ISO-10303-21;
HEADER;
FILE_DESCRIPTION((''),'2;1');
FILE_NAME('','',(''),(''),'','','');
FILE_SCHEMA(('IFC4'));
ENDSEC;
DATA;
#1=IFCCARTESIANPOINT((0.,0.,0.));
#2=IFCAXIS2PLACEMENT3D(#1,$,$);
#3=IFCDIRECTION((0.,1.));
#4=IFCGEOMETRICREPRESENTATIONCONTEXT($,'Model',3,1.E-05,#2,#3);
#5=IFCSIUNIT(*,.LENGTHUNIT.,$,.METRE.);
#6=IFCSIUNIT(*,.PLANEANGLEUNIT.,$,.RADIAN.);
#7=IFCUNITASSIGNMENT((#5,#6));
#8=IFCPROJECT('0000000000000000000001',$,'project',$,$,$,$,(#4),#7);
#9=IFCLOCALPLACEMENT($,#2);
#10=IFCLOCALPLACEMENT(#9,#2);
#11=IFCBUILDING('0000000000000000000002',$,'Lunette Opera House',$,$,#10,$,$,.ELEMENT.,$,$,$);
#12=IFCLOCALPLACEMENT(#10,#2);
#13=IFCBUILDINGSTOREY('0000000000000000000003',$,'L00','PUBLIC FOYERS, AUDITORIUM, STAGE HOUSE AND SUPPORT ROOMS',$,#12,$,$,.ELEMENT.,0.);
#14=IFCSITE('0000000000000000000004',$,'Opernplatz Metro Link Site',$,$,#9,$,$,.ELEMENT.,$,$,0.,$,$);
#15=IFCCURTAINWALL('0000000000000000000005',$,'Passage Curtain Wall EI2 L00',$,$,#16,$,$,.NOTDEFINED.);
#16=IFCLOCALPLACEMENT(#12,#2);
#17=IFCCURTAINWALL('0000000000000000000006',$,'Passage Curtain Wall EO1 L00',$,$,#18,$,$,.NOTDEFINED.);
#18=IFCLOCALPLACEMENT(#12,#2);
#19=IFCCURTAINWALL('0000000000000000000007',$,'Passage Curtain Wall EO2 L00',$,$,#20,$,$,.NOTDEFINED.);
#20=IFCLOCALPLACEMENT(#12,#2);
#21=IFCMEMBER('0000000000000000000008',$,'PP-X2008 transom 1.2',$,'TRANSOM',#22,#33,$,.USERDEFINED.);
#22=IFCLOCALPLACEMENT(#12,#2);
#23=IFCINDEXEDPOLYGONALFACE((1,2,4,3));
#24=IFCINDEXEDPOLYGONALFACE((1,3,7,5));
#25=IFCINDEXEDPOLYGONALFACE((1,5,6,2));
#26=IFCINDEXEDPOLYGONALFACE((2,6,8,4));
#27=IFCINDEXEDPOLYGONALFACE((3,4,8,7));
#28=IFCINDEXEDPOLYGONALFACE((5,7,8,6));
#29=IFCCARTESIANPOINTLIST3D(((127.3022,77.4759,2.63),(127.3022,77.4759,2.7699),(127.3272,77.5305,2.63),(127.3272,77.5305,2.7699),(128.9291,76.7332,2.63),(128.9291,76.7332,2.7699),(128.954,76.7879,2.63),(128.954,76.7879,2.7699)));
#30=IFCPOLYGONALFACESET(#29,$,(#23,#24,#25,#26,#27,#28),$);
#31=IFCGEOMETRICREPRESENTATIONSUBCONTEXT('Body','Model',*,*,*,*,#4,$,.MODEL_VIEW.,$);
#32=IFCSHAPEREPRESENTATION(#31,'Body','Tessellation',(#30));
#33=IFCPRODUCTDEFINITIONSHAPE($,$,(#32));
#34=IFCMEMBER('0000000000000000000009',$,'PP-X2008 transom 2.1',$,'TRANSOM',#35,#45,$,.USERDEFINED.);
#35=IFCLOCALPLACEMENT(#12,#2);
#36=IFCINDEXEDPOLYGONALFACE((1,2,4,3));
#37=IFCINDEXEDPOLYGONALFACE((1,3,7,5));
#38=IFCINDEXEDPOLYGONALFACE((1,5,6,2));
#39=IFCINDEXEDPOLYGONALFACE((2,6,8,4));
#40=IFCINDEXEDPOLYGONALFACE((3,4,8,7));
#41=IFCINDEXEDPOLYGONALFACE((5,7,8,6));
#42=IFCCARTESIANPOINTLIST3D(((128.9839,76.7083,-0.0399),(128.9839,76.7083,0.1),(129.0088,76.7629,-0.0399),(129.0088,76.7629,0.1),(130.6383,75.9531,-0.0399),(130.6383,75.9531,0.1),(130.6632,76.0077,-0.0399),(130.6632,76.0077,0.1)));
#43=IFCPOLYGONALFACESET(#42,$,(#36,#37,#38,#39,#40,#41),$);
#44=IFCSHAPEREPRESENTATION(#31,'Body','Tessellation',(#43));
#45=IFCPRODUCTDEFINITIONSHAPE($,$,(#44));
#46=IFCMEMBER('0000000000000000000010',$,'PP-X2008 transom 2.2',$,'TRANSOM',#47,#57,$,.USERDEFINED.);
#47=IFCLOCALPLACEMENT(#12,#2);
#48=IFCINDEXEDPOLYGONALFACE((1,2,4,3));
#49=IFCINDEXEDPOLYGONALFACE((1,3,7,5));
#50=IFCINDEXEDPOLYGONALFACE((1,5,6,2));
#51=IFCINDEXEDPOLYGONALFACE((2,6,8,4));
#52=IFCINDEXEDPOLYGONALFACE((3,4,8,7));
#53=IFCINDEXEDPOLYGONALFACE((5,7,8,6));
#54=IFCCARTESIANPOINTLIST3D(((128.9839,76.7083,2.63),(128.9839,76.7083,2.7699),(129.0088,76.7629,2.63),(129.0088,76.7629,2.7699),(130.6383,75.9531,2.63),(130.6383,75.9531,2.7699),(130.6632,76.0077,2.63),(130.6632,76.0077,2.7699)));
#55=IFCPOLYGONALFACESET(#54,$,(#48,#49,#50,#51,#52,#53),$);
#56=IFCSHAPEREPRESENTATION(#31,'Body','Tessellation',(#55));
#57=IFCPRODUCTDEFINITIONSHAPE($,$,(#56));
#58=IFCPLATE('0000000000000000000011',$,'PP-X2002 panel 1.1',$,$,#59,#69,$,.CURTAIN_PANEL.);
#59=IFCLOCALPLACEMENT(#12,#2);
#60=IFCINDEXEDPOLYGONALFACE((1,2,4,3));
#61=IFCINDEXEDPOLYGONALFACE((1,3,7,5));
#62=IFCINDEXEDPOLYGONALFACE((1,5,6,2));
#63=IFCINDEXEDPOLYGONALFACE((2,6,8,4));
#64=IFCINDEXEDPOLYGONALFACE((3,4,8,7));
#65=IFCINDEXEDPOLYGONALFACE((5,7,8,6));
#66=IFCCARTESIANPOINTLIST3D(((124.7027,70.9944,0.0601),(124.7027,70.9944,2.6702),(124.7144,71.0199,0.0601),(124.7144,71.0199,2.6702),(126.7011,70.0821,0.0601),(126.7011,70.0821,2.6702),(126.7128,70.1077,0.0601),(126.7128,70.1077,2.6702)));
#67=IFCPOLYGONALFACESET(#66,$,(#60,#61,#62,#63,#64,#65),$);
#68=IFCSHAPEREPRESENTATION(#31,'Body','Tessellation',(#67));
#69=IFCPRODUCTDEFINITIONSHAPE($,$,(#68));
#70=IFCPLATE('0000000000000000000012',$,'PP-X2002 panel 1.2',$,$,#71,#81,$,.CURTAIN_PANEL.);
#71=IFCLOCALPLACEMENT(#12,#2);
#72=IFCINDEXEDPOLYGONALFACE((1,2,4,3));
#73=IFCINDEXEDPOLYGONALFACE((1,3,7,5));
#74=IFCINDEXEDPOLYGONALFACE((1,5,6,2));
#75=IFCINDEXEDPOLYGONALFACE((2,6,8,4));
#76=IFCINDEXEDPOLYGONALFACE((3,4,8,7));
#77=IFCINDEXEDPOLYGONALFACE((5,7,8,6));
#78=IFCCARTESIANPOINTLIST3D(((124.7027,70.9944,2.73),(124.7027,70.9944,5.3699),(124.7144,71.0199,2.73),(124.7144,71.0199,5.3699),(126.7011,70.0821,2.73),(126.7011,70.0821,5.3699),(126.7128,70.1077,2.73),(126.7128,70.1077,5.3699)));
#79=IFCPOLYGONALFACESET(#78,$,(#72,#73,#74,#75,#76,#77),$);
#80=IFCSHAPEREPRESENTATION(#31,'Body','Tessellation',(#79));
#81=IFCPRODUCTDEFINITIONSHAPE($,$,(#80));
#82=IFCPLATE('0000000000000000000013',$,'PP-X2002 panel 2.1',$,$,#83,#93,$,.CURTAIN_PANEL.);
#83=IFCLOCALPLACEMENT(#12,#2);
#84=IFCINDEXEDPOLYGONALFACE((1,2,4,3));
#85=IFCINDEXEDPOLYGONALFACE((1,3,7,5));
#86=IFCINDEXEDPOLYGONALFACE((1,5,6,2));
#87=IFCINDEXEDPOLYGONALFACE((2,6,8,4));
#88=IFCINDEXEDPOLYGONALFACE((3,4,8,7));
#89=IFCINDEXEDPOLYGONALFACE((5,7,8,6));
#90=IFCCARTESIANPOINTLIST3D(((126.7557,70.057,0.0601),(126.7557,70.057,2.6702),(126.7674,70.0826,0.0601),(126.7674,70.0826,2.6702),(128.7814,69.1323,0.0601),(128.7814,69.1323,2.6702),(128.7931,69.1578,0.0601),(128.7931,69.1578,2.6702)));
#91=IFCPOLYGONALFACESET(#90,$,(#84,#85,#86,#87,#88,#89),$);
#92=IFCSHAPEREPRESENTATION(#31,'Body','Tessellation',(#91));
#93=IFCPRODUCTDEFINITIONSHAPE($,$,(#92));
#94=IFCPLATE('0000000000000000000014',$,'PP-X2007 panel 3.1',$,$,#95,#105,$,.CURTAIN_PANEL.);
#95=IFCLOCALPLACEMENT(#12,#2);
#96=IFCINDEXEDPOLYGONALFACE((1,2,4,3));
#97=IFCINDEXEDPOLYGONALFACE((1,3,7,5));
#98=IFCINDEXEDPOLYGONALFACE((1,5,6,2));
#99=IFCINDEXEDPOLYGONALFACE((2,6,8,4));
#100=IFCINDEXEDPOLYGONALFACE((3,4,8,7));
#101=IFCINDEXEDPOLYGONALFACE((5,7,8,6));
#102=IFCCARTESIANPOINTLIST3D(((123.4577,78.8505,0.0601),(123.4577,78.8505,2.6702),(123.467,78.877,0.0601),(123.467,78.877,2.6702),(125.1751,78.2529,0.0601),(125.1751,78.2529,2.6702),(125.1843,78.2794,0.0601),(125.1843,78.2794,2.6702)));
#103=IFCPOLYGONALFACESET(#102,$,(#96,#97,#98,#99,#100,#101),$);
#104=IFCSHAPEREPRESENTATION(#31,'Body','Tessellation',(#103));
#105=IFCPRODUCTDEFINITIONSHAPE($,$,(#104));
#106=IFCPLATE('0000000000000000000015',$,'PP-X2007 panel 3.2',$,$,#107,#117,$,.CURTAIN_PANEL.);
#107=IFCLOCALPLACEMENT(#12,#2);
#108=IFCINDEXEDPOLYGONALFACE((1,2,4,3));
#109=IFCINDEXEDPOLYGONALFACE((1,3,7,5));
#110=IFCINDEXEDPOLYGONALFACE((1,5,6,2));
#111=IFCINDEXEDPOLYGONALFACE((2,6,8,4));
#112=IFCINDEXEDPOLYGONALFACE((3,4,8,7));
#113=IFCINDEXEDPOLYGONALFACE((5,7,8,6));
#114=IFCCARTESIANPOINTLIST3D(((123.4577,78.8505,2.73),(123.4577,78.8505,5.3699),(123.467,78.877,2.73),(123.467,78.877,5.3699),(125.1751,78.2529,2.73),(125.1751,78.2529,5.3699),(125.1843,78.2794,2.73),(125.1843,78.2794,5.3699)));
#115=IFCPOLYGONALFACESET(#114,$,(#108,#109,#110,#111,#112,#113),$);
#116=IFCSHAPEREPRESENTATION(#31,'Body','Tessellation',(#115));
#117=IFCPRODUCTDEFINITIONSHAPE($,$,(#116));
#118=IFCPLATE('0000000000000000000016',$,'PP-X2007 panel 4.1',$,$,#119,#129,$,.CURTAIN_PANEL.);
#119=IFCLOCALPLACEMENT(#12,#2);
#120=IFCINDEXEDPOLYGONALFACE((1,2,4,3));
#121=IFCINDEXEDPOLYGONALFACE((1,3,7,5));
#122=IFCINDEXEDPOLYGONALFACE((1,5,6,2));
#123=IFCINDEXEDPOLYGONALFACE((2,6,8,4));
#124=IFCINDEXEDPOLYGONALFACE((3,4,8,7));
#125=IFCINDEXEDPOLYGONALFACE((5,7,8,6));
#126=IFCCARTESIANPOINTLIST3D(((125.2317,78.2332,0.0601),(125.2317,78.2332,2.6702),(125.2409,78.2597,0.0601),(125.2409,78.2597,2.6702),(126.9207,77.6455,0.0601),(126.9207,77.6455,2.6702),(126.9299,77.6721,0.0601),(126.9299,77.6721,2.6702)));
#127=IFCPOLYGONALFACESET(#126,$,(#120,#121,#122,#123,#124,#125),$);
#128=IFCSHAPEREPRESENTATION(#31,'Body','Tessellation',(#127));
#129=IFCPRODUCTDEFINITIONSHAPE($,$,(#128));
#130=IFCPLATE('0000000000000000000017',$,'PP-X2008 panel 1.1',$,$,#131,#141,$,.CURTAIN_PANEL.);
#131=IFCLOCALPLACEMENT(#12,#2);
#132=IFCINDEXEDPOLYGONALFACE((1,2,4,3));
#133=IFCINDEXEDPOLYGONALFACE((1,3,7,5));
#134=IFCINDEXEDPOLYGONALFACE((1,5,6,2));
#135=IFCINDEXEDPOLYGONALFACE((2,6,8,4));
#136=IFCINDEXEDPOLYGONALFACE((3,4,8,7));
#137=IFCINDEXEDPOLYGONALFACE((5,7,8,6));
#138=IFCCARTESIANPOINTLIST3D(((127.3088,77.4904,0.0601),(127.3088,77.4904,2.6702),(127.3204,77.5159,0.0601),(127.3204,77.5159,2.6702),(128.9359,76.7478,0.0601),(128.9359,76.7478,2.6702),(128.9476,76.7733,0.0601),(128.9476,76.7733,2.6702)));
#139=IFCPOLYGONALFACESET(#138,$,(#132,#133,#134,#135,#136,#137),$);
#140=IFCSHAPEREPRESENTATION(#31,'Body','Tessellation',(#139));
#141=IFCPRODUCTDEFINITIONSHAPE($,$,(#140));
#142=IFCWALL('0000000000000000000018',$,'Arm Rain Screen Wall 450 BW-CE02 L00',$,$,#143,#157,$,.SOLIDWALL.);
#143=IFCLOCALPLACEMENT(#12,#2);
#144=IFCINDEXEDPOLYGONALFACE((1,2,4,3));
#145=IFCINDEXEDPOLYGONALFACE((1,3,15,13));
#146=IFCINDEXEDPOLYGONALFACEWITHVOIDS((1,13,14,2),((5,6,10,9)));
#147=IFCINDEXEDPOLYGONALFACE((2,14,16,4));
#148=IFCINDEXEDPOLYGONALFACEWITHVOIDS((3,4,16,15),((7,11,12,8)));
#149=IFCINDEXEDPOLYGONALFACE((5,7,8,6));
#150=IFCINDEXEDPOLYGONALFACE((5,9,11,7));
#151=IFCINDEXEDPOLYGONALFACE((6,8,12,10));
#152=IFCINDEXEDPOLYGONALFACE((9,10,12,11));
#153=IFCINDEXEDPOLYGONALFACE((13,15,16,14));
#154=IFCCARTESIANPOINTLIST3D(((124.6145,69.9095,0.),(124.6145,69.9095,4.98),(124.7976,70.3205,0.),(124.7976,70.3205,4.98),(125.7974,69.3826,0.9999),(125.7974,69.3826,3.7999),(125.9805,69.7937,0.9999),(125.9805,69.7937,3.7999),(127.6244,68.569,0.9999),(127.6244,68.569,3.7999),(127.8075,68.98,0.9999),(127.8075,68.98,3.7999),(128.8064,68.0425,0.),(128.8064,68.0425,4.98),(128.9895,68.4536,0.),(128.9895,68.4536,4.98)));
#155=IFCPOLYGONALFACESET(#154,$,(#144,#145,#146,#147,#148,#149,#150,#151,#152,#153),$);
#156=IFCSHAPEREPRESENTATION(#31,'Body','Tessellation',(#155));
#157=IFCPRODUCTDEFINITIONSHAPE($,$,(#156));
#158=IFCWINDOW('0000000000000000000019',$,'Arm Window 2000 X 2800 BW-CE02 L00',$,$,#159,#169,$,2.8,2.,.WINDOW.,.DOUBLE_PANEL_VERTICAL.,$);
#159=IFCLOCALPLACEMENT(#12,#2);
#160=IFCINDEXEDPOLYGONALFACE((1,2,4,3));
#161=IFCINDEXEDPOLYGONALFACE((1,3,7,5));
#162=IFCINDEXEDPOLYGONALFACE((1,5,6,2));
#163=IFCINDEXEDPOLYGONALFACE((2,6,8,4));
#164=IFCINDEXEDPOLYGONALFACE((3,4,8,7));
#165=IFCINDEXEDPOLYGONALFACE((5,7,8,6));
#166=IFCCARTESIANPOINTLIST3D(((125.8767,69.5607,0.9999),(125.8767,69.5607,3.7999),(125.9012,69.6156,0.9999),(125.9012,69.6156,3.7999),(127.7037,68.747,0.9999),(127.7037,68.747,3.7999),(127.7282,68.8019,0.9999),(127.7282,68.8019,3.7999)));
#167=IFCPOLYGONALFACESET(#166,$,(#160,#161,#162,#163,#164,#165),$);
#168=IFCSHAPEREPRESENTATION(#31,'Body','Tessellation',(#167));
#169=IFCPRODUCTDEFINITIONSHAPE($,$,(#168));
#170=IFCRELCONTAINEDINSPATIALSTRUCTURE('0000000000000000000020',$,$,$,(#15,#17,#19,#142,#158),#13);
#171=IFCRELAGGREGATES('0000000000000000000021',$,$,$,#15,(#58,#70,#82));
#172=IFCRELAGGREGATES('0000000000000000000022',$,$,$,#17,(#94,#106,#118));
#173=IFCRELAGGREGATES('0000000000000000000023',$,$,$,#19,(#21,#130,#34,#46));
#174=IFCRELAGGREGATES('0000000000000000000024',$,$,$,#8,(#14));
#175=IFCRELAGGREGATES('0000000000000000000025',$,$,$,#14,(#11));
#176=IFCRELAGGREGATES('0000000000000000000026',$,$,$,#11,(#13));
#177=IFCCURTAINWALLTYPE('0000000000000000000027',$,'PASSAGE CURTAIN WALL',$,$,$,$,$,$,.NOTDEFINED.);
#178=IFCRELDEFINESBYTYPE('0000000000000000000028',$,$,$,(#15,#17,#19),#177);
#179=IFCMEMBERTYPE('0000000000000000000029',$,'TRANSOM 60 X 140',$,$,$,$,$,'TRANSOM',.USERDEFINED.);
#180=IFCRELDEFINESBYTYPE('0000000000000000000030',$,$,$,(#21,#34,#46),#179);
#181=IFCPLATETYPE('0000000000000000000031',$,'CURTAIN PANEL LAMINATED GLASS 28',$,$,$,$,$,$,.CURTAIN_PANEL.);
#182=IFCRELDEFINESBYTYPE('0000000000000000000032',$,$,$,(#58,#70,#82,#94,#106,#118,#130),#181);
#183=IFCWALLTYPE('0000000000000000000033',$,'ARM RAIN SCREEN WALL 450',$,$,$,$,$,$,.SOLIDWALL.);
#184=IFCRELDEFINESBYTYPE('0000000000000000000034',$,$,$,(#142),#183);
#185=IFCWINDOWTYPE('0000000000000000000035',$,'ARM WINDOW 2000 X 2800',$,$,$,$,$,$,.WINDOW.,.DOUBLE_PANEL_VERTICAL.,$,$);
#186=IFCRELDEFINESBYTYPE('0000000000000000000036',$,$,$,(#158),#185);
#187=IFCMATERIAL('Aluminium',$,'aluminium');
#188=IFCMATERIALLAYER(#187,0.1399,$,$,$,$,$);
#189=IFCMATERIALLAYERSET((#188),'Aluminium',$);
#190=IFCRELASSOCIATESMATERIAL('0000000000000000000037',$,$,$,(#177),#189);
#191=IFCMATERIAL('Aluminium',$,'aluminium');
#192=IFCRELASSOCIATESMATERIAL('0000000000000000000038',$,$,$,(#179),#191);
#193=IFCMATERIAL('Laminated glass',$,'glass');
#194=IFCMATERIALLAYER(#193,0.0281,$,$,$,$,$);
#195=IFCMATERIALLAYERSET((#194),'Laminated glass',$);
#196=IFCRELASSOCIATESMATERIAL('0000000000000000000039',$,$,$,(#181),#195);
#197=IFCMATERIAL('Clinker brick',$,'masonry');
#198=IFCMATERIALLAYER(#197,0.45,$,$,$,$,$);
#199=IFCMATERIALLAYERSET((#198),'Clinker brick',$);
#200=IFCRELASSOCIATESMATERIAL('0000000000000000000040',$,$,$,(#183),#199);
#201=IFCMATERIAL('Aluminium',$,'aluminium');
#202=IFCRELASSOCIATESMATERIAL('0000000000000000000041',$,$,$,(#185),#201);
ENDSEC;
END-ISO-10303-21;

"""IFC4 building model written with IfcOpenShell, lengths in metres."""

from ifc_helpers import new_model, si_unit, direction, frame, frame_2d, origin, origin_2d, place, context, subcontext, project, spatial, rectangle, extrude, material, layer, layer_set, material_profile, profile_set, type_object, element, fill, aggregate, save


model = new_model("IFC4")

# Units and contexts
model_context = context("Model", 3, precision=1e-05, world=origin(), true_north=direction((0.0, 1.0)))
body_context = subcontext(model_context, "Body", "Model", "MODEL_VIEW")
ifc_project = project(units=[si_unit("LENGTHUNIT", "METRE"), si_unit("PLANEANGLEUNIT", "RADIAN")], contexts=[model_context])

# Site, building, storey
site_placement = place(None, origin())
site = spatial("IfcSite", under=ifc_project, at=site_placement, Name="Opernplatz Metro Link Site", CompositionType="ELEMENT", RefElevation=0.0)
building_placement = place(site_placement, origin())
building = spatial("IfcBuilding", under=site, at=building_placement, Name="Lunette Opera House", CompositionType="ELEMENT")
storey_placement = place(building_placement, origin())
storey = spatial("IfcBuildingStorey", under=building, at=storey_placement, Name="L00", Description="PUBLIC FOYERS, AUDITORIUM, STAGE HOUSE AND SUPPORT ROOMS", CompositionType="ELEMENT", Elevation=0.0)

# Shared definitions
ifc_material_1 = material(Name="Aluminium", Category="aluminium")
ifc_layer_1 = layer(ifc_material_1, 0.1399)
ifc_layer_set_1 = layer_set([ifc_layer_1], Name="Aluminium")
curtain_wall_type = type_object("IfcCurtainWallType", Name="PASSAGE CURTAIN WALL", PredefinedType="NOTDEFINED", material=ifc_layer_set_1)

# Curtain walls
curtain_wall_1_placement = place(storey_placement, origin())
curtain_wall_1 = element("IfcCurtainWall", 1, at=curtain_wall_1_placement, inside=storey, type_object=curtain_wall_type, Name="Passage Curtain Wall EI2 L00", PredefinedType="NOTDEFINED")
curtain_wall_2_placement = place(storey_placement, origin())
curtain_wall_2 = element("IfcCurtainWall", 2, at=curtain_wall_2_placement, inside=storey, type_object=curtain_wall_type, Name="Passage Curtain Wall EO1 L00", PredefinedType="NOTDEFINED")
curtain_wall_3_placement = place(storey_placement, origin())
curtain_wall_3 = element("IfcCurtainWall", 3, at=curtain_wall_3_placement, inside=storey, type_object=curtain_wall_type, Name="Passage Curtain Wall EO2 L00", PredefinedType="NOTDEFINED")

# Members
ifc_material_2 = material(Name="Aluminium", Category="aluminium")
ifc_material_profile_1 = material_profile(ifc_material_2, rectangle(XDim=0.0601, YDim=0.1399, at=origin_2d()), Name="TRANSOM 60 X 140")
ifc_profile_set_1 = profile_set([ifc_material_profile_1], Name="Aluminium")
member_type_1 = type_object("IfcMemberType", Name="TRANSOM 60 X 140", ElementType="TRANSOM", PredefinedType="USERDEFINED", material=ifc_profile_set_1)
member_1_placement = place(storey_placement, frame((127.3147, 77.5032, 2.7), z_axis=(0.909701, -0.415263, 0.0), x_axis=(0.415263, 0.909701, 0.0)))
member_1 = element("IfcMember", 4, at=member_1_placement, type_object=member_type_1, Name="PP-X2008 transom 1.2", ObjectType="TRANSOM", PredefinedType="USERDEFINED", context=body_context, shape_type="SweptSolid", body=[
    extrude(rectangle(XDim=0.0601, YDim=0.1399, at=origin_2d()), origin(), (0.0, 0.0, 1.0), 1.7883),
])
member_2_placement = place(storey_placement, frame((128.9963, 76.7356, 0.03), z_axis=(0.909708, -0.415249, 0.0), x_axis=(0.415249, 0.909708, 0.0)))
member_2 = element("IfcMember", 5, at=member_2_placement, type_object=member_type_1, Name="PP-X2008 transom 2.1", ObjectType="TRANSOM", PredefinedType="USERDEFINED", context=body_context, shape_type="SweptSolid", body=[
    extrude(rectangle(XDim=0.0601, YDim=0.1399, at=origin_2d()), origin(), (0.0, 0.0, 1.0), 1.8186),
])
member_3_placement = place(storey_placement, frame((128.9963, 76.7356, 2.7), z_axis=(0.909708, -0.415249, 0.0), x_axis=(0.415249, 0.909708, 0.0)))
member_3 = element("IfcMember", 6, at=member_3_placement, type_object=member_type_1, Name="PP-X2008 transom 2.2", ObjectType="TRANSOM", PredefinedType="USERDEFINED", context=body_context, shape_type="SweptSolid", body=[
    extrude(rectangle(XDim=0.0601, YDim=0.1399, at=origin_2d()), origin(), (0.0, 0.0, 1.0), 1.8186),
])

# Plates
ifc_material_3 = material(Name="Laminated glass", Category="glass")
ifc_layer_2 = layer(ifc_material_3, 0.0281)
ifc_layer_set_2 = layer_set([ifc_layer_2], Name="Laminated glass")
plate_type = type_object("IfcPlateType", Name="CURTAIN PANEL LAMINATED GLASS 28", PredefinedType="CURTAIN_PANEL", material=ifc_layer_set_2)
plate_1_placement = place(storey_placement, frame((125.7078, 70.551, 0.0601), z_axis=(0.0, 0.0, 1.0), x_axis=(0.909696, -0.415274, 0.0)))
plate_1 = element("IfcPlate", 7, at=plate_1_placement, type_object=plate_type, Name="PP-X2002 panel 1.1", PredefinedType="CURTAIN_PANEL", context=body_context, shape_type="SweptSolid", body=[
    extrude(rectangle(XDim=2.1968, YDim=0.0281, at=origin_2d()), origin(), (0.0, 0.0, 1.0), 2.6101),
])
plate_2_placement = place(storey_placement, frame((125.7078, 70.551, 2.73), z_axis=(0.0, 0.0, 1.0), x_axis=(0.909696, -0.415274, 0.0)))
plate_2 = element("IfcPlate", 8, at=plate_2_placement, type_object=plate_type, Name="PP-X2002 panel 1.2", PredefinedType="CURTAIN_PANEL", context=body_context, shape_type="SweptSolid", body=[
    extrude(rectangle(XDim=2.1968, YDim=0.0281, at=origin_2d()), origin(), (0.0, 0.0, 1.0), 2.6399),
])
plate_3_placement = place(storey_placement, frame((127.7744, 69.6074, 0.0601), z_axis=(0.0, 0.0, 1.0), x_axis=(0.909696, -0.415274, 0.0)))
plate_3 = element("IfcPlate", 9, at=plate_3_placement, type_object=plate_type, Name="PP-X2002 panel 2.1", PredefinedType="CURTAIN_PANEL", context=body_context, shape_type="SweptSolid", body=[
    extrude(rectangle(XDim=2.2268, YDim=0.0281, at=origin_2d()), origin(), (0.0, 0.0, 1.0), 2.6101),
])
aggregate(curtain_wall_1, [plate_1, plate_2, plate_3])
plate_4_placement = place(storey_placement, frame((124.321, 78.5649, 0.0601), z_axis=(0.0, 0.0, 1.0), x_axis=(0.944463, -0.328619, 0.0)))
plate_4 = element("IfcPlate", 10, at=plate_4_placement, type_object=plate_type, Name="PP-X2007 panel 3.1", PredefinedType="CURTAIN_PANEL", context=body_context, shape_type="SweptSolid", body=[
    extrude(rectangle(XDim=1.8184, YDim=0.0281, at=origin_2d()), origin(), (0.0, 0.0, 1.0), 2.6101),
])
plate_5_placement = place(storey_placement, frame((124.321, 78.5649, 2.73), z_axis=(0.0, 0.0, 1.0), x_axis=(0.944463, -0.328619, 0.0)))
plate_5 = element("IfcPlate", 11, at=plate_5_placement, type_object=plate_type, Name="PP-X2007 panel 3.2", PredefinedType="CURTAIN_PANEL", context=body_context, shape_type="SweptSolid", body=[
    extrude(rectangle(XDim=1.8184, YDim=0.0281, at=origin_2d()), origin(), (0.0, 0.0, 1.0), 2.6399),
])
plate_6_placement = place(storey_placement, frame((126.0808, 77.9526, 0.0601), z_axis=(0.0, 0.0, 1.0), x_axis=(0.944463, -0.328619, 0.0)))
plate_6 = element("IfcPlate", 12, at=plate_6_placement, type_object=plate_type, Name="PP-X2007 panel 4.1", PredefinedType="CURTAIN_PANEL", context=body_context, shape_type="SweptSolid", body=[
    extrude(rectangle(XDim=1.7883, YDim=0.0281, at=origin_2d()), origin(), (0.0, 0.0, 1.0), 2.6101),
])
aggregate(curtain_wall_2, [plate_4, plate_5, plate_6])
plate_7_placement = place(storey_placement, frame((128.1282, 77.1318, 0.0601), z_axis=(0.0, 0.0, 1.0), x_axis=(0.909727, -0.415206, 0.0)))
plate_7 = element("IfcPlate", 13, at=plate_7_placement, type_object=plate_type, Name="PP-X2008 panel 1.1", PredefinedType="CURTAIN_PANEL", context=body_context, shape_type="SweptSolid", body=[
    extrude(rectangle(XDim=1.7886, YDim=0.0281, at=origin_2d()), origin(), (0.0, 0.0, 1.0), 2.6101),
])
aggregate(curtain_wall_3, [member_1, plate_7, member_2, member_3])

# Wall, opening, window
ifc_material_4 = material(Name="Clinker brick", Category="masonry")
ifc_layer_3 = layer(ifc_material_4, 0.45)
ifc_layer_set_3 = layer_set([ifc_layer_3], Name="Clinker brick")
wall_type = type_object("IfcWallType", Name="ARM RAIN SCREEN WALL 450", PredefinedType="SOLIDWALL", material=ifc_layer_set_3)
wall_placement = place(storey_placement, frame((124.7061, 70.115, 0.0), z_axis=(0.0, 0.0, 1.0), x_axis=(0.913498, -0.406844, 0.0)))
wall = element("IfcWall", 14, at=wall_placement, inside=storey, type_object=wall_type, Name="Arm Rain Screen Wall 450 BW-CE02 L00", PredefinedType="SOLIDWALL", context=body_context, shape_type="SweptSolid", body=[
    extrude(rectangle(XDim=4.5889, YDim=0.45, at=frame_2d((2.2944, 0.0))), origin(), (0.0, 0.0, 1.0), 4.98),
])
opening_placement = place(wall_placement, frame((1.2949, 0.0, 1.0)))
opening = element("IfcOpeningElement", 15, at=opening_placement, cuts=wall, PredefinedType="OPENING", context=body_context, shape_type="SweptSolid", body=[
    extrude(rectangle(XDim=2.0, YDim=2.8, at=frame_2d((1.0, 1.3999))), frame((0.0, 0.2371, 0.0), z_axis=(0.0, -1.0, 0.0), x_axis=(1.0, 0.0, 0.0)), (0.0, 0.0, 1.0), 0.4739),
])
ifc_material_5 = material(Name="Aluminium", Category="aluminium")
window_type = type_object("IfcWindowType", Name="ARM WINDOW 2000 X 2800", PartitioningType="DOUBLE_PANEL_VERTICAL", PredefinedType="WINDOW", material=ifc_material_5)
window_placement = place(opening_placement, origin())
window = element("IfcWindow", 16, at=window_placement, inside=storey, type_object=window_type, Name="Arm Window 2000 X 2800 BW-CE02 L00", OverallHeight=2.8, OverallWidth=2.0, PartitioningType="DOUBLE_PANEL_VERTICAL", PredefinedType="WINDOW", context=body_context, shape_type="SweptSolid", body=[
    extrude(rectangle(XDim=2.0, YDim=2.8, at=frame_2d((1.0, 1.3999))), frame((0.0, 0.03, 0.0), z_axis=(0.0, -1.0, 0.0), x_axis=(1.0, 0.0, 0.0)), (0.0, 0.0, 1.0), 0.0601),
])
fill(opening, window)

save(model, "model.ifc")
